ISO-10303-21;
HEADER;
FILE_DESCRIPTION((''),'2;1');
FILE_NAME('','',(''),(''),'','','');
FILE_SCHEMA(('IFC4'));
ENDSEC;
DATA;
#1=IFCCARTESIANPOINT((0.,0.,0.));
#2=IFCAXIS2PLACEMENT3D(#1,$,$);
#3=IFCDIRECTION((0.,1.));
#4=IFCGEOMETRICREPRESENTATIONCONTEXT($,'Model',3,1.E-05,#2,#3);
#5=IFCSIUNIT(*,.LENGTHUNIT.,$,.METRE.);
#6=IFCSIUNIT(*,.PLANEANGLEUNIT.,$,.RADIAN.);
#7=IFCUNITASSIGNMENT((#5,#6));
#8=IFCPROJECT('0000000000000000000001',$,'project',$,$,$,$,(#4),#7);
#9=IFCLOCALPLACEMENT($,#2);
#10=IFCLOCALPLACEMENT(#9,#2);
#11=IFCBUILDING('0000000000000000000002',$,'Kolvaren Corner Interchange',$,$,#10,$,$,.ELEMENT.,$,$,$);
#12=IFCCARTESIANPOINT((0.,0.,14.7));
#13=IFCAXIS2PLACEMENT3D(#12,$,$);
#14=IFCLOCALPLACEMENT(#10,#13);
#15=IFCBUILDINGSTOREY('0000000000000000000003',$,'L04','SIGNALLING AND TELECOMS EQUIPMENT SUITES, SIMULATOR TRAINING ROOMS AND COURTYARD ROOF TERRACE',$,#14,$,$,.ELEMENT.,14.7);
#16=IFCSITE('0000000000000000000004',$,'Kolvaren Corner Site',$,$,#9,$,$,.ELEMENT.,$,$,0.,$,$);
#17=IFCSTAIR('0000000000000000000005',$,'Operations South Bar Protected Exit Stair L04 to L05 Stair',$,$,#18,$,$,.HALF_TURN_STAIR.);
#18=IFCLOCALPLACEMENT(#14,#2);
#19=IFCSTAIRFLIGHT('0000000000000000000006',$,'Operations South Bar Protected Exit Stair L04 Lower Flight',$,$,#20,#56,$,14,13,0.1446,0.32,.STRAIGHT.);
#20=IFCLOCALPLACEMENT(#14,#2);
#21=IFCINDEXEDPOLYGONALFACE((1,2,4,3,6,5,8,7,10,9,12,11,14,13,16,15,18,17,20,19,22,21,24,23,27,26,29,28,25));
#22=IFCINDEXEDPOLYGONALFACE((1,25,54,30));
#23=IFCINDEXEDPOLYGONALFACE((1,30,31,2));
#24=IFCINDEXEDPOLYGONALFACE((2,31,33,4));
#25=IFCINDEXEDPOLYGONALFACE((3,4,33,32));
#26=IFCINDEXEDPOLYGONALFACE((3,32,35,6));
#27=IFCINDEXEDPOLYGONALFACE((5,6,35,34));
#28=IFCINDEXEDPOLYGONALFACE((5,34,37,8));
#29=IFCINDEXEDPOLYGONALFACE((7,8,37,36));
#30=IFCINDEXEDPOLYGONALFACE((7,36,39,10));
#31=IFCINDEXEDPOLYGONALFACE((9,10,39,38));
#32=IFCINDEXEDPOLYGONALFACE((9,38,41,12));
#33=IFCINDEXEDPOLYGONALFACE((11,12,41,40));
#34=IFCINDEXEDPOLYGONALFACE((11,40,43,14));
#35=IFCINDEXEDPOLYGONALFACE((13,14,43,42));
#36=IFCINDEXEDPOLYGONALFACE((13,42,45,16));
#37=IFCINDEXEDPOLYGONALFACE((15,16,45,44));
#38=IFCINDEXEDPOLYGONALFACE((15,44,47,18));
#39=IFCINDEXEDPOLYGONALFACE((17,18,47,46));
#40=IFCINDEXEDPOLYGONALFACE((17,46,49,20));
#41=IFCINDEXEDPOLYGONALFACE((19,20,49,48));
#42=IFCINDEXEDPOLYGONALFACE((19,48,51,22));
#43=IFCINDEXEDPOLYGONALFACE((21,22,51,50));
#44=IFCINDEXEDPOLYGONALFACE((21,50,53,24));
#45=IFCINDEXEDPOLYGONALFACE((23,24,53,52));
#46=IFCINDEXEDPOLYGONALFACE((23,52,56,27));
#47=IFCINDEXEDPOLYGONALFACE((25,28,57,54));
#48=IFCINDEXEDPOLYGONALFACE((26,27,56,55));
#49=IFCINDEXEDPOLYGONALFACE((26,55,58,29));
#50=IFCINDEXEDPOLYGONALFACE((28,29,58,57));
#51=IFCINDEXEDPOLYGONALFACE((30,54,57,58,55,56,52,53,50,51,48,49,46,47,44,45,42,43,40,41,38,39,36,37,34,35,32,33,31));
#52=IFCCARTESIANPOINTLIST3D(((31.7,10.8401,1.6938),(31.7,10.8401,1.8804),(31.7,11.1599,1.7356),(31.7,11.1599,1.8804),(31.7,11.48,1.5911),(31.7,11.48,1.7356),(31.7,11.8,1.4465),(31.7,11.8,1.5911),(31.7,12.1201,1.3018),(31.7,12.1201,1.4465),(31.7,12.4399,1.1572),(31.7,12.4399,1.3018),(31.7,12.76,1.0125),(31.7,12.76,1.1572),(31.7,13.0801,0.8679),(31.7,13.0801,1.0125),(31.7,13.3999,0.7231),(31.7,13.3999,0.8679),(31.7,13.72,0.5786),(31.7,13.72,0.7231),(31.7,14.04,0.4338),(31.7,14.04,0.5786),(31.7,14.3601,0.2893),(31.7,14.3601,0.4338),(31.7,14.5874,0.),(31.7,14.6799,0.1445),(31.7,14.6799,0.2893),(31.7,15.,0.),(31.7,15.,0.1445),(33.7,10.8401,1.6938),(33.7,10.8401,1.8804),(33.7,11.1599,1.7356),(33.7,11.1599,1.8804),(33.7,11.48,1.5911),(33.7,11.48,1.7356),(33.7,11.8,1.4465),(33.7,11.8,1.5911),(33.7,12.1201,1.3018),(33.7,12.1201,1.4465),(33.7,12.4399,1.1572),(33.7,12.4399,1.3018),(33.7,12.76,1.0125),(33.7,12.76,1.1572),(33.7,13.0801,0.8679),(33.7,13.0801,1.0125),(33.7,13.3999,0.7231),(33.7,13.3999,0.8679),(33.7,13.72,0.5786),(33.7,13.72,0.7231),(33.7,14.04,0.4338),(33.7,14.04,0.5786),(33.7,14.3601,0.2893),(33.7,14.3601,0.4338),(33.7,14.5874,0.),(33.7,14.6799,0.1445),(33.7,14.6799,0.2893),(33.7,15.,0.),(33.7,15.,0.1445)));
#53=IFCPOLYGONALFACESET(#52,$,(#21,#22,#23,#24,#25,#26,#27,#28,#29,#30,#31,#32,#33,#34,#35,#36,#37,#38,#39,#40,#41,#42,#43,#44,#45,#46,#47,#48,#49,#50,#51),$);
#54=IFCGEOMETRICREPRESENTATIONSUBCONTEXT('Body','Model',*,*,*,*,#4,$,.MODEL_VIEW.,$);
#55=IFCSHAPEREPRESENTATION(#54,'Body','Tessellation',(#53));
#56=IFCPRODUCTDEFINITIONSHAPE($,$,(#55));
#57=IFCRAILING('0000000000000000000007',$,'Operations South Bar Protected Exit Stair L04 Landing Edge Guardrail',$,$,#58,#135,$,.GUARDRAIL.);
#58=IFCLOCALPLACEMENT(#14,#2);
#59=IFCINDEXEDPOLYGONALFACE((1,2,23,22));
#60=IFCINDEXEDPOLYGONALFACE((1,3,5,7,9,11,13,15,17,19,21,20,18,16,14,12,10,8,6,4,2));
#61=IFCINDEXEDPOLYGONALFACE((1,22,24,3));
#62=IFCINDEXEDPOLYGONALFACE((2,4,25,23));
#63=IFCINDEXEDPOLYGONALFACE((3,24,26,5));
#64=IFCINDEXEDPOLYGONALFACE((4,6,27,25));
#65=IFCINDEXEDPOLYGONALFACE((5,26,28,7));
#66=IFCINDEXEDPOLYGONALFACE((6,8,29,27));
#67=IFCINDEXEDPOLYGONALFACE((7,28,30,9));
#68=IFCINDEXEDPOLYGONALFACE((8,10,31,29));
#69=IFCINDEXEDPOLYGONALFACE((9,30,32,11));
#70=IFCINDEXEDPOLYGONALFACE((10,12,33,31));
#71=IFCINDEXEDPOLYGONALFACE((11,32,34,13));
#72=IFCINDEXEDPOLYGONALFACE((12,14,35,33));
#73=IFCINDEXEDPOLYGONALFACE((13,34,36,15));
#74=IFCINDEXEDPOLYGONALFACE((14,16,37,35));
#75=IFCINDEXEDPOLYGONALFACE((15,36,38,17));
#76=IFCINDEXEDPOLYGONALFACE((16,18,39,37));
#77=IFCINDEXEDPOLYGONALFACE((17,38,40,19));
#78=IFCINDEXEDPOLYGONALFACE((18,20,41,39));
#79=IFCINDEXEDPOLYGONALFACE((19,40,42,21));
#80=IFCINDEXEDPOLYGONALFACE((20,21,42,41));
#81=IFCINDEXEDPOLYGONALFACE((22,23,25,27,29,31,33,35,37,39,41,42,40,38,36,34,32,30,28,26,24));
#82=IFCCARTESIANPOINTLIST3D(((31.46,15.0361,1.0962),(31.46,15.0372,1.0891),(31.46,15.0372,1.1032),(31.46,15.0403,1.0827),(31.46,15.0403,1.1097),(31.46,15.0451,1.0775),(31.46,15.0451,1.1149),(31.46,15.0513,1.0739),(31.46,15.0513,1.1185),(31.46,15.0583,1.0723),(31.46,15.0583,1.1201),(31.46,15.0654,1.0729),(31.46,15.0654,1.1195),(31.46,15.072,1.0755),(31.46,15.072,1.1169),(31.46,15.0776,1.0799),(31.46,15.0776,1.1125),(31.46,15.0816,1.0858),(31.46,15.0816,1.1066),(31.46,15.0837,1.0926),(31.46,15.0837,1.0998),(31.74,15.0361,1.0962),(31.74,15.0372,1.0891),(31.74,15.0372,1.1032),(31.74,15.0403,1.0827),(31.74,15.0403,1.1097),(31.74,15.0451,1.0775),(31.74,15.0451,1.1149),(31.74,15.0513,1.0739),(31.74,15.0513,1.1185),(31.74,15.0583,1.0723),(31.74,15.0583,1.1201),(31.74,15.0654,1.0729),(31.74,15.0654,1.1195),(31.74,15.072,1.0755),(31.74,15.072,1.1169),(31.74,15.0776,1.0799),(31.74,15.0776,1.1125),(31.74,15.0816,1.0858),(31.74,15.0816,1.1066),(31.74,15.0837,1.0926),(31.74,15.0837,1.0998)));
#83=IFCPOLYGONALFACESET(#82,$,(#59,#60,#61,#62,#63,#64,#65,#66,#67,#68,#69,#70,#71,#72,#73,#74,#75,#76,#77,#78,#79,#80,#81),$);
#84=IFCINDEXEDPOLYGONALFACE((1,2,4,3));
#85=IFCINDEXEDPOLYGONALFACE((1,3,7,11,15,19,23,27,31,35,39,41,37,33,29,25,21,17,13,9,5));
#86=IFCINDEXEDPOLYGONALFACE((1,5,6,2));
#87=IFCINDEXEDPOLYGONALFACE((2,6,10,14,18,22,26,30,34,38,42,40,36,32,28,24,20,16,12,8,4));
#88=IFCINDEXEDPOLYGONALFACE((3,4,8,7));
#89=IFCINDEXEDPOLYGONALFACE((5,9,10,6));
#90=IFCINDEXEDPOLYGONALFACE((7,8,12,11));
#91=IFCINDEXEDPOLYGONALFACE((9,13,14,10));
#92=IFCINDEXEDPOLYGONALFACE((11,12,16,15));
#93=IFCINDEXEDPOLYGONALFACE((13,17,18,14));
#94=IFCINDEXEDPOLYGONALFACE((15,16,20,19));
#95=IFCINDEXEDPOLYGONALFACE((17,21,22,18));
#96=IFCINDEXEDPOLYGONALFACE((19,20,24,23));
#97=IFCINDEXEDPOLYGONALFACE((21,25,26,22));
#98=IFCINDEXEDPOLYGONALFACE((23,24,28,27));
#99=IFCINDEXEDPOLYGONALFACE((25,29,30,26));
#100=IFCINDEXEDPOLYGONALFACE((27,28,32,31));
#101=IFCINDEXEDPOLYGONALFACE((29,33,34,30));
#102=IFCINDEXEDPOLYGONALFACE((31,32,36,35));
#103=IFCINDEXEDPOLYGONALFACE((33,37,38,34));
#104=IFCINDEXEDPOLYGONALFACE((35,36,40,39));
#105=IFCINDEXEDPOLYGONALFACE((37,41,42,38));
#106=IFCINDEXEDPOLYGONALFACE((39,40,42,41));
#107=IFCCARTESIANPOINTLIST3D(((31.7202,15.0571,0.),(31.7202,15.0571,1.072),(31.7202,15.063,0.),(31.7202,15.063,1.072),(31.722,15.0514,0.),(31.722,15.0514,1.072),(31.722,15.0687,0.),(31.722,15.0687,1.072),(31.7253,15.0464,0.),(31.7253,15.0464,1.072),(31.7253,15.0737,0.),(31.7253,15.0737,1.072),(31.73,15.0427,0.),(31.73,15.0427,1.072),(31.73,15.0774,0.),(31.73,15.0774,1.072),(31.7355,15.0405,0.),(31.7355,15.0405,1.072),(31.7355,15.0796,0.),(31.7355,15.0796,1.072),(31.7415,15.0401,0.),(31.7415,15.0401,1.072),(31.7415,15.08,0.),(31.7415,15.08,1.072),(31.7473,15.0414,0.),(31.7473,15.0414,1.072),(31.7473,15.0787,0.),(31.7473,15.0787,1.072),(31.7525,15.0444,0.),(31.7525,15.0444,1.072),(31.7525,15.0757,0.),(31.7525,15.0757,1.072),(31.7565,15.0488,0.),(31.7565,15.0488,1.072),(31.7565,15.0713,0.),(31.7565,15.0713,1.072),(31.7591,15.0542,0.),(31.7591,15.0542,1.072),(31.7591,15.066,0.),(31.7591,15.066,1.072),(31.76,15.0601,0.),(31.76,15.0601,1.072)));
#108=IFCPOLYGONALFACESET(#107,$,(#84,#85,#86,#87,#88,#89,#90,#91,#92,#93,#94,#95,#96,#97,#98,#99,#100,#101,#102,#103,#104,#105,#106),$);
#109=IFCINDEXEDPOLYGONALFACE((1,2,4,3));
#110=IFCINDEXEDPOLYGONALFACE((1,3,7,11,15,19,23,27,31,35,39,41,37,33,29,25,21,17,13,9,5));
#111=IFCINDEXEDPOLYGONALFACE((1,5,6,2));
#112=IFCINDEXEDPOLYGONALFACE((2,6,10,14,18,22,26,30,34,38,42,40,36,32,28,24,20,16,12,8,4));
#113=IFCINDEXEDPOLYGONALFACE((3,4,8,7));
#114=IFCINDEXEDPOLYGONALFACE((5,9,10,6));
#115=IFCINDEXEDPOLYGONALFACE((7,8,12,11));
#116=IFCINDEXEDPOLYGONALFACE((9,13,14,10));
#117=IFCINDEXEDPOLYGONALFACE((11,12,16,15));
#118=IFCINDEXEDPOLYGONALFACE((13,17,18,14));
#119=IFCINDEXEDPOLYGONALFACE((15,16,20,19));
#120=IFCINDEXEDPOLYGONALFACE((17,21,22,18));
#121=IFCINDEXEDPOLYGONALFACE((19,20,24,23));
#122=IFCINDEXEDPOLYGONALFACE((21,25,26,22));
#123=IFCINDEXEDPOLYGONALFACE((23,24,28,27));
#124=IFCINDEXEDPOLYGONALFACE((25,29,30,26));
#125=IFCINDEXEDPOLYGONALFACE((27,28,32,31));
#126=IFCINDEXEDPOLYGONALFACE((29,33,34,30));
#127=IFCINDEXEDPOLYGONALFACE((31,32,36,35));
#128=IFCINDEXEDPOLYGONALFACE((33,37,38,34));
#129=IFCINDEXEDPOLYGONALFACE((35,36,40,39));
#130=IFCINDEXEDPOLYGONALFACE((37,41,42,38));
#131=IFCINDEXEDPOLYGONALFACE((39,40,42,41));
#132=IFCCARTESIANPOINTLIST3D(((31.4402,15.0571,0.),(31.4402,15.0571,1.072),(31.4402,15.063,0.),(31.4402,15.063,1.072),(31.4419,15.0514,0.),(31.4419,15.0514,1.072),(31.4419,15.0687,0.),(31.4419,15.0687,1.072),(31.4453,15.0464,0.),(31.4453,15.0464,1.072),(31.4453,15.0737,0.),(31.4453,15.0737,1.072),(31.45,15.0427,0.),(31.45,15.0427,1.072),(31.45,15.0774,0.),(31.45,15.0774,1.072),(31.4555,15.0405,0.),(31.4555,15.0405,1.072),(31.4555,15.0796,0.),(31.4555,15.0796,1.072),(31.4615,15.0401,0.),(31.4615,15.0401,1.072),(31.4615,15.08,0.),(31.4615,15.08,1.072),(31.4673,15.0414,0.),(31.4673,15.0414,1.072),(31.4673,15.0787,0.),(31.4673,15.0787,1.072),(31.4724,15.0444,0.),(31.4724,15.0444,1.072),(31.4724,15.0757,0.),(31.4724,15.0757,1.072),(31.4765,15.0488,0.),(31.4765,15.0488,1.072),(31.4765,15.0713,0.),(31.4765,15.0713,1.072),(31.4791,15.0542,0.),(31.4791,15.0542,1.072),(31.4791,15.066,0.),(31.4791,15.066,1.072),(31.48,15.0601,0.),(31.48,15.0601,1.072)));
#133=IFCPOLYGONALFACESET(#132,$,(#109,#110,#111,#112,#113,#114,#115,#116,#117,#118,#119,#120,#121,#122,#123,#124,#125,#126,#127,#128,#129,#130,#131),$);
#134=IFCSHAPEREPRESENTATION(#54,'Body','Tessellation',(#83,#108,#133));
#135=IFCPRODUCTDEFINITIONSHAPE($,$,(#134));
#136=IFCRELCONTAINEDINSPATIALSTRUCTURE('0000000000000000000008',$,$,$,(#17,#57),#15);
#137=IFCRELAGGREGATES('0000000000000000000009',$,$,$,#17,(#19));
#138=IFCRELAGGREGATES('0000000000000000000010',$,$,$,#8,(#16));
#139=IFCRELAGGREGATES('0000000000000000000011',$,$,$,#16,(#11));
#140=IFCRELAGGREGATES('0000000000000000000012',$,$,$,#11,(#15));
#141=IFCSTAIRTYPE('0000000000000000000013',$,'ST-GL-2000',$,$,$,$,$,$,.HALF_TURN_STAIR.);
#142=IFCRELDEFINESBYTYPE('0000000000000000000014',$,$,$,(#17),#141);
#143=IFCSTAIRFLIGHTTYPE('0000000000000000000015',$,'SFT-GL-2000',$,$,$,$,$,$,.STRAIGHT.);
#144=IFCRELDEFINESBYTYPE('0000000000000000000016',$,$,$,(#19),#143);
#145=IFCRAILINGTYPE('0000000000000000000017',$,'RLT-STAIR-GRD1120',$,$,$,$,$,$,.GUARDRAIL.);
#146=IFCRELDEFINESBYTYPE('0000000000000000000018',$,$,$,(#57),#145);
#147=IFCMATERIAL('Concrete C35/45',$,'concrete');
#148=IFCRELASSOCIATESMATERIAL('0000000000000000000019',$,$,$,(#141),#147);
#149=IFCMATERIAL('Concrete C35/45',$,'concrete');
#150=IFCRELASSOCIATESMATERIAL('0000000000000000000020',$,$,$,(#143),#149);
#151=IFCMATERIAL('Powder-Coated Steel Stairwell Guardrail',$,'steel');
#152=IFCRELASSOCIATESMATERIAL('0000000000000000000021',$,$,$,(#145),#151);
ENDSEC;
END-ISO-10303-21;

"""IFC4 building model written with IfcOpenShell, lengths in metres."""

from ifc_helpers import new_model, si_unit, direction, frame, origin, origin_2d, place, context, subcontext, project, spatial, polyline, circle, outline, extrude, material, type_object, element, aggregate, save


model = new_model("IFC4")

# Units and contexts
model_context = context("Model", 3, precision=1e-05, world=origin(), true_north=direction((0.0, 1.0)))
body_context = subcontext(model_context, "Body", "Model", "MODEL_VIEW")
ifc_project = project(units=[si_unit("LENGTHUNIT", "METRE"), si_unit("PLANEANGLEUNIT", "RADIAN")], contexts=[model_context])

# Site, building, storey
site_placement = place(None, origin())
site = spatial("IfcSite", under=ifc_project, at=site_placement, Name="Kolvaren Corner Site", CompositionType="ELEMENT", RefElevation=0.0)
building_placement = place(site_placement, origin())
building = spatial("IfcBuilding", under=site, at=building_placement, Name="Kolvaren Corner Interchange", CompositionType="ELEMENT")
storey_placement = place(building_placement, frame((0.0, 0.0, 14.7)))
storey = spatial("IfcBuildingStorey", under=building, at=storey_placement, Name="L04", Description="SIGNALLING AND TELECOMS EQUIPMENT SUITES, SIMULATOR TRAINING ROOMS AND COURTYARD ROOF TERRACE", CompositionType="ELEMENT", Elevation=14.7)

# Stair, stair flight
ifc_material_1 = material(Name="Concrete C35/45", Category="concrete")
stair_type = type_object("IfcStairType", Name="ST-GL-2000", PredefinedType="HALF_TURN_STAIR", material=ifc_material_1)
stair_placement = place(storey_placement, origin())
stair = element("IfcStair", 1, at=stair_placement, inside=storey, type_object=stair_type, Name="Operations South Bar Protected Exit Stair L04 to L05 Stair", PredefinedType="HALF_TURN_STAIR")
ifc_material_2 = material(Name="Concrete C35/45", Category="concrete")
stair_flight_type = type_object("IfcStairFlightType", Name="SFT-GL-2000", PredefinedType="STRAIGHT", material=ifc_material_2)
stair_flight_placement = place(storey_placement, frame((32.7, 15.0, 0.0), z_axis=(0.0, 0.0, 1.0), x_axis=(0.0, -1.0, 0.0)))
stair_flight = element("IfcStairFlight", 2, at=stair_flight_placement, type_object=stair_flight_type, Name="Operations South Bar Protected Exit Stair L04 Lower Flight", NumberOfRisers=14, NumberOfTreads=13, PredefinedType="STRAIGHT", RiserHeight=0.1446, TreadLength=0.32, context=body_context, shape_type="SweptSolid", body=[
    extrude(outline(polyline([(0.0, 0.0), (0.0, 0.1445), (0.3201, 0.1445), (0.3201, 0.2893), (0.6399, 0.2893), (0.6399, 0.4338), (0.96, 0.4338), (0.96, 0.5786), (1.28, 0.5786), (1.28, 0.7231), (1.6001, 0.7231), (1.6001, 0.8679), (1.9199, 0.8679), (1.9199, 1.0125), (2.24, 1.0125), (2.24, 1.1572), (2.5601, 1.1572), (2.5601, 1.3018), (2.8799, 1.3018), (2.8799, 1.4465), (3.2, 1.4465), (3.2, 1.5911), (3.52, 1.5911), (3.52, 1.7356), (3.8401, 1.7356), (3.8401, 1.8804), (4.1599, 1.8804), (4.1599, 2.0249), (4.1599, 1.6938), (0.4126, 0.0), (0.0, 0.0)])), frame((0.0, 1.0, 0.0), z_axis=(0.0, -1.0, 0.0), x_axis=(1.0, 0.0, 0.0)), (0.0, 0.0, 1.0), 2.0),
])

# Railing
ifc_material_3 = material(Name="Powder-Coated Steel Stairwell Guardrail", Category="steel")
railing_type_1 = type_object("IfcRailingType", Name="RLT-STAIR-GRD1120", PredefinedType="GUARDRAIL", material=ifc_material_3)
railing_1_placement = place(storey_placement, frame((31.74, 15.0601, 0.0)))
element("IfcRailing", 3, at=railing_1_placement, inside=storey, type_object=railing_type_1, Name="Operations South Bar Protected Exit Stair L04 Landing Edge Guardrail", PredefinedType="GUARDRAIL", context=body_context, shape_type="SweptSolid", body=[
    extrude(circle(Radius=0.0239, at=origin_2d()), frame((0.0, 0.0, 1.0962), z_axis=(-1.0, 0.0, 0.0), x_axis=(0.0, -1.0, 0.0)), (0.0, 0.0, 1.0), 0.28),
    extrude(circle(Radius=0.02, at=origin_2d()), origin(), (0.0, 0.0, 1.0), 1.072),
    extrude(circle(Radius=0.02, at=origin_2d()), frame((-0.28, 0.0, 0.0)), (0.0, 0.0, 1.0), 1.072),
])
aggregate(stair, [stair_flight])

save(model, "model.ifc")
